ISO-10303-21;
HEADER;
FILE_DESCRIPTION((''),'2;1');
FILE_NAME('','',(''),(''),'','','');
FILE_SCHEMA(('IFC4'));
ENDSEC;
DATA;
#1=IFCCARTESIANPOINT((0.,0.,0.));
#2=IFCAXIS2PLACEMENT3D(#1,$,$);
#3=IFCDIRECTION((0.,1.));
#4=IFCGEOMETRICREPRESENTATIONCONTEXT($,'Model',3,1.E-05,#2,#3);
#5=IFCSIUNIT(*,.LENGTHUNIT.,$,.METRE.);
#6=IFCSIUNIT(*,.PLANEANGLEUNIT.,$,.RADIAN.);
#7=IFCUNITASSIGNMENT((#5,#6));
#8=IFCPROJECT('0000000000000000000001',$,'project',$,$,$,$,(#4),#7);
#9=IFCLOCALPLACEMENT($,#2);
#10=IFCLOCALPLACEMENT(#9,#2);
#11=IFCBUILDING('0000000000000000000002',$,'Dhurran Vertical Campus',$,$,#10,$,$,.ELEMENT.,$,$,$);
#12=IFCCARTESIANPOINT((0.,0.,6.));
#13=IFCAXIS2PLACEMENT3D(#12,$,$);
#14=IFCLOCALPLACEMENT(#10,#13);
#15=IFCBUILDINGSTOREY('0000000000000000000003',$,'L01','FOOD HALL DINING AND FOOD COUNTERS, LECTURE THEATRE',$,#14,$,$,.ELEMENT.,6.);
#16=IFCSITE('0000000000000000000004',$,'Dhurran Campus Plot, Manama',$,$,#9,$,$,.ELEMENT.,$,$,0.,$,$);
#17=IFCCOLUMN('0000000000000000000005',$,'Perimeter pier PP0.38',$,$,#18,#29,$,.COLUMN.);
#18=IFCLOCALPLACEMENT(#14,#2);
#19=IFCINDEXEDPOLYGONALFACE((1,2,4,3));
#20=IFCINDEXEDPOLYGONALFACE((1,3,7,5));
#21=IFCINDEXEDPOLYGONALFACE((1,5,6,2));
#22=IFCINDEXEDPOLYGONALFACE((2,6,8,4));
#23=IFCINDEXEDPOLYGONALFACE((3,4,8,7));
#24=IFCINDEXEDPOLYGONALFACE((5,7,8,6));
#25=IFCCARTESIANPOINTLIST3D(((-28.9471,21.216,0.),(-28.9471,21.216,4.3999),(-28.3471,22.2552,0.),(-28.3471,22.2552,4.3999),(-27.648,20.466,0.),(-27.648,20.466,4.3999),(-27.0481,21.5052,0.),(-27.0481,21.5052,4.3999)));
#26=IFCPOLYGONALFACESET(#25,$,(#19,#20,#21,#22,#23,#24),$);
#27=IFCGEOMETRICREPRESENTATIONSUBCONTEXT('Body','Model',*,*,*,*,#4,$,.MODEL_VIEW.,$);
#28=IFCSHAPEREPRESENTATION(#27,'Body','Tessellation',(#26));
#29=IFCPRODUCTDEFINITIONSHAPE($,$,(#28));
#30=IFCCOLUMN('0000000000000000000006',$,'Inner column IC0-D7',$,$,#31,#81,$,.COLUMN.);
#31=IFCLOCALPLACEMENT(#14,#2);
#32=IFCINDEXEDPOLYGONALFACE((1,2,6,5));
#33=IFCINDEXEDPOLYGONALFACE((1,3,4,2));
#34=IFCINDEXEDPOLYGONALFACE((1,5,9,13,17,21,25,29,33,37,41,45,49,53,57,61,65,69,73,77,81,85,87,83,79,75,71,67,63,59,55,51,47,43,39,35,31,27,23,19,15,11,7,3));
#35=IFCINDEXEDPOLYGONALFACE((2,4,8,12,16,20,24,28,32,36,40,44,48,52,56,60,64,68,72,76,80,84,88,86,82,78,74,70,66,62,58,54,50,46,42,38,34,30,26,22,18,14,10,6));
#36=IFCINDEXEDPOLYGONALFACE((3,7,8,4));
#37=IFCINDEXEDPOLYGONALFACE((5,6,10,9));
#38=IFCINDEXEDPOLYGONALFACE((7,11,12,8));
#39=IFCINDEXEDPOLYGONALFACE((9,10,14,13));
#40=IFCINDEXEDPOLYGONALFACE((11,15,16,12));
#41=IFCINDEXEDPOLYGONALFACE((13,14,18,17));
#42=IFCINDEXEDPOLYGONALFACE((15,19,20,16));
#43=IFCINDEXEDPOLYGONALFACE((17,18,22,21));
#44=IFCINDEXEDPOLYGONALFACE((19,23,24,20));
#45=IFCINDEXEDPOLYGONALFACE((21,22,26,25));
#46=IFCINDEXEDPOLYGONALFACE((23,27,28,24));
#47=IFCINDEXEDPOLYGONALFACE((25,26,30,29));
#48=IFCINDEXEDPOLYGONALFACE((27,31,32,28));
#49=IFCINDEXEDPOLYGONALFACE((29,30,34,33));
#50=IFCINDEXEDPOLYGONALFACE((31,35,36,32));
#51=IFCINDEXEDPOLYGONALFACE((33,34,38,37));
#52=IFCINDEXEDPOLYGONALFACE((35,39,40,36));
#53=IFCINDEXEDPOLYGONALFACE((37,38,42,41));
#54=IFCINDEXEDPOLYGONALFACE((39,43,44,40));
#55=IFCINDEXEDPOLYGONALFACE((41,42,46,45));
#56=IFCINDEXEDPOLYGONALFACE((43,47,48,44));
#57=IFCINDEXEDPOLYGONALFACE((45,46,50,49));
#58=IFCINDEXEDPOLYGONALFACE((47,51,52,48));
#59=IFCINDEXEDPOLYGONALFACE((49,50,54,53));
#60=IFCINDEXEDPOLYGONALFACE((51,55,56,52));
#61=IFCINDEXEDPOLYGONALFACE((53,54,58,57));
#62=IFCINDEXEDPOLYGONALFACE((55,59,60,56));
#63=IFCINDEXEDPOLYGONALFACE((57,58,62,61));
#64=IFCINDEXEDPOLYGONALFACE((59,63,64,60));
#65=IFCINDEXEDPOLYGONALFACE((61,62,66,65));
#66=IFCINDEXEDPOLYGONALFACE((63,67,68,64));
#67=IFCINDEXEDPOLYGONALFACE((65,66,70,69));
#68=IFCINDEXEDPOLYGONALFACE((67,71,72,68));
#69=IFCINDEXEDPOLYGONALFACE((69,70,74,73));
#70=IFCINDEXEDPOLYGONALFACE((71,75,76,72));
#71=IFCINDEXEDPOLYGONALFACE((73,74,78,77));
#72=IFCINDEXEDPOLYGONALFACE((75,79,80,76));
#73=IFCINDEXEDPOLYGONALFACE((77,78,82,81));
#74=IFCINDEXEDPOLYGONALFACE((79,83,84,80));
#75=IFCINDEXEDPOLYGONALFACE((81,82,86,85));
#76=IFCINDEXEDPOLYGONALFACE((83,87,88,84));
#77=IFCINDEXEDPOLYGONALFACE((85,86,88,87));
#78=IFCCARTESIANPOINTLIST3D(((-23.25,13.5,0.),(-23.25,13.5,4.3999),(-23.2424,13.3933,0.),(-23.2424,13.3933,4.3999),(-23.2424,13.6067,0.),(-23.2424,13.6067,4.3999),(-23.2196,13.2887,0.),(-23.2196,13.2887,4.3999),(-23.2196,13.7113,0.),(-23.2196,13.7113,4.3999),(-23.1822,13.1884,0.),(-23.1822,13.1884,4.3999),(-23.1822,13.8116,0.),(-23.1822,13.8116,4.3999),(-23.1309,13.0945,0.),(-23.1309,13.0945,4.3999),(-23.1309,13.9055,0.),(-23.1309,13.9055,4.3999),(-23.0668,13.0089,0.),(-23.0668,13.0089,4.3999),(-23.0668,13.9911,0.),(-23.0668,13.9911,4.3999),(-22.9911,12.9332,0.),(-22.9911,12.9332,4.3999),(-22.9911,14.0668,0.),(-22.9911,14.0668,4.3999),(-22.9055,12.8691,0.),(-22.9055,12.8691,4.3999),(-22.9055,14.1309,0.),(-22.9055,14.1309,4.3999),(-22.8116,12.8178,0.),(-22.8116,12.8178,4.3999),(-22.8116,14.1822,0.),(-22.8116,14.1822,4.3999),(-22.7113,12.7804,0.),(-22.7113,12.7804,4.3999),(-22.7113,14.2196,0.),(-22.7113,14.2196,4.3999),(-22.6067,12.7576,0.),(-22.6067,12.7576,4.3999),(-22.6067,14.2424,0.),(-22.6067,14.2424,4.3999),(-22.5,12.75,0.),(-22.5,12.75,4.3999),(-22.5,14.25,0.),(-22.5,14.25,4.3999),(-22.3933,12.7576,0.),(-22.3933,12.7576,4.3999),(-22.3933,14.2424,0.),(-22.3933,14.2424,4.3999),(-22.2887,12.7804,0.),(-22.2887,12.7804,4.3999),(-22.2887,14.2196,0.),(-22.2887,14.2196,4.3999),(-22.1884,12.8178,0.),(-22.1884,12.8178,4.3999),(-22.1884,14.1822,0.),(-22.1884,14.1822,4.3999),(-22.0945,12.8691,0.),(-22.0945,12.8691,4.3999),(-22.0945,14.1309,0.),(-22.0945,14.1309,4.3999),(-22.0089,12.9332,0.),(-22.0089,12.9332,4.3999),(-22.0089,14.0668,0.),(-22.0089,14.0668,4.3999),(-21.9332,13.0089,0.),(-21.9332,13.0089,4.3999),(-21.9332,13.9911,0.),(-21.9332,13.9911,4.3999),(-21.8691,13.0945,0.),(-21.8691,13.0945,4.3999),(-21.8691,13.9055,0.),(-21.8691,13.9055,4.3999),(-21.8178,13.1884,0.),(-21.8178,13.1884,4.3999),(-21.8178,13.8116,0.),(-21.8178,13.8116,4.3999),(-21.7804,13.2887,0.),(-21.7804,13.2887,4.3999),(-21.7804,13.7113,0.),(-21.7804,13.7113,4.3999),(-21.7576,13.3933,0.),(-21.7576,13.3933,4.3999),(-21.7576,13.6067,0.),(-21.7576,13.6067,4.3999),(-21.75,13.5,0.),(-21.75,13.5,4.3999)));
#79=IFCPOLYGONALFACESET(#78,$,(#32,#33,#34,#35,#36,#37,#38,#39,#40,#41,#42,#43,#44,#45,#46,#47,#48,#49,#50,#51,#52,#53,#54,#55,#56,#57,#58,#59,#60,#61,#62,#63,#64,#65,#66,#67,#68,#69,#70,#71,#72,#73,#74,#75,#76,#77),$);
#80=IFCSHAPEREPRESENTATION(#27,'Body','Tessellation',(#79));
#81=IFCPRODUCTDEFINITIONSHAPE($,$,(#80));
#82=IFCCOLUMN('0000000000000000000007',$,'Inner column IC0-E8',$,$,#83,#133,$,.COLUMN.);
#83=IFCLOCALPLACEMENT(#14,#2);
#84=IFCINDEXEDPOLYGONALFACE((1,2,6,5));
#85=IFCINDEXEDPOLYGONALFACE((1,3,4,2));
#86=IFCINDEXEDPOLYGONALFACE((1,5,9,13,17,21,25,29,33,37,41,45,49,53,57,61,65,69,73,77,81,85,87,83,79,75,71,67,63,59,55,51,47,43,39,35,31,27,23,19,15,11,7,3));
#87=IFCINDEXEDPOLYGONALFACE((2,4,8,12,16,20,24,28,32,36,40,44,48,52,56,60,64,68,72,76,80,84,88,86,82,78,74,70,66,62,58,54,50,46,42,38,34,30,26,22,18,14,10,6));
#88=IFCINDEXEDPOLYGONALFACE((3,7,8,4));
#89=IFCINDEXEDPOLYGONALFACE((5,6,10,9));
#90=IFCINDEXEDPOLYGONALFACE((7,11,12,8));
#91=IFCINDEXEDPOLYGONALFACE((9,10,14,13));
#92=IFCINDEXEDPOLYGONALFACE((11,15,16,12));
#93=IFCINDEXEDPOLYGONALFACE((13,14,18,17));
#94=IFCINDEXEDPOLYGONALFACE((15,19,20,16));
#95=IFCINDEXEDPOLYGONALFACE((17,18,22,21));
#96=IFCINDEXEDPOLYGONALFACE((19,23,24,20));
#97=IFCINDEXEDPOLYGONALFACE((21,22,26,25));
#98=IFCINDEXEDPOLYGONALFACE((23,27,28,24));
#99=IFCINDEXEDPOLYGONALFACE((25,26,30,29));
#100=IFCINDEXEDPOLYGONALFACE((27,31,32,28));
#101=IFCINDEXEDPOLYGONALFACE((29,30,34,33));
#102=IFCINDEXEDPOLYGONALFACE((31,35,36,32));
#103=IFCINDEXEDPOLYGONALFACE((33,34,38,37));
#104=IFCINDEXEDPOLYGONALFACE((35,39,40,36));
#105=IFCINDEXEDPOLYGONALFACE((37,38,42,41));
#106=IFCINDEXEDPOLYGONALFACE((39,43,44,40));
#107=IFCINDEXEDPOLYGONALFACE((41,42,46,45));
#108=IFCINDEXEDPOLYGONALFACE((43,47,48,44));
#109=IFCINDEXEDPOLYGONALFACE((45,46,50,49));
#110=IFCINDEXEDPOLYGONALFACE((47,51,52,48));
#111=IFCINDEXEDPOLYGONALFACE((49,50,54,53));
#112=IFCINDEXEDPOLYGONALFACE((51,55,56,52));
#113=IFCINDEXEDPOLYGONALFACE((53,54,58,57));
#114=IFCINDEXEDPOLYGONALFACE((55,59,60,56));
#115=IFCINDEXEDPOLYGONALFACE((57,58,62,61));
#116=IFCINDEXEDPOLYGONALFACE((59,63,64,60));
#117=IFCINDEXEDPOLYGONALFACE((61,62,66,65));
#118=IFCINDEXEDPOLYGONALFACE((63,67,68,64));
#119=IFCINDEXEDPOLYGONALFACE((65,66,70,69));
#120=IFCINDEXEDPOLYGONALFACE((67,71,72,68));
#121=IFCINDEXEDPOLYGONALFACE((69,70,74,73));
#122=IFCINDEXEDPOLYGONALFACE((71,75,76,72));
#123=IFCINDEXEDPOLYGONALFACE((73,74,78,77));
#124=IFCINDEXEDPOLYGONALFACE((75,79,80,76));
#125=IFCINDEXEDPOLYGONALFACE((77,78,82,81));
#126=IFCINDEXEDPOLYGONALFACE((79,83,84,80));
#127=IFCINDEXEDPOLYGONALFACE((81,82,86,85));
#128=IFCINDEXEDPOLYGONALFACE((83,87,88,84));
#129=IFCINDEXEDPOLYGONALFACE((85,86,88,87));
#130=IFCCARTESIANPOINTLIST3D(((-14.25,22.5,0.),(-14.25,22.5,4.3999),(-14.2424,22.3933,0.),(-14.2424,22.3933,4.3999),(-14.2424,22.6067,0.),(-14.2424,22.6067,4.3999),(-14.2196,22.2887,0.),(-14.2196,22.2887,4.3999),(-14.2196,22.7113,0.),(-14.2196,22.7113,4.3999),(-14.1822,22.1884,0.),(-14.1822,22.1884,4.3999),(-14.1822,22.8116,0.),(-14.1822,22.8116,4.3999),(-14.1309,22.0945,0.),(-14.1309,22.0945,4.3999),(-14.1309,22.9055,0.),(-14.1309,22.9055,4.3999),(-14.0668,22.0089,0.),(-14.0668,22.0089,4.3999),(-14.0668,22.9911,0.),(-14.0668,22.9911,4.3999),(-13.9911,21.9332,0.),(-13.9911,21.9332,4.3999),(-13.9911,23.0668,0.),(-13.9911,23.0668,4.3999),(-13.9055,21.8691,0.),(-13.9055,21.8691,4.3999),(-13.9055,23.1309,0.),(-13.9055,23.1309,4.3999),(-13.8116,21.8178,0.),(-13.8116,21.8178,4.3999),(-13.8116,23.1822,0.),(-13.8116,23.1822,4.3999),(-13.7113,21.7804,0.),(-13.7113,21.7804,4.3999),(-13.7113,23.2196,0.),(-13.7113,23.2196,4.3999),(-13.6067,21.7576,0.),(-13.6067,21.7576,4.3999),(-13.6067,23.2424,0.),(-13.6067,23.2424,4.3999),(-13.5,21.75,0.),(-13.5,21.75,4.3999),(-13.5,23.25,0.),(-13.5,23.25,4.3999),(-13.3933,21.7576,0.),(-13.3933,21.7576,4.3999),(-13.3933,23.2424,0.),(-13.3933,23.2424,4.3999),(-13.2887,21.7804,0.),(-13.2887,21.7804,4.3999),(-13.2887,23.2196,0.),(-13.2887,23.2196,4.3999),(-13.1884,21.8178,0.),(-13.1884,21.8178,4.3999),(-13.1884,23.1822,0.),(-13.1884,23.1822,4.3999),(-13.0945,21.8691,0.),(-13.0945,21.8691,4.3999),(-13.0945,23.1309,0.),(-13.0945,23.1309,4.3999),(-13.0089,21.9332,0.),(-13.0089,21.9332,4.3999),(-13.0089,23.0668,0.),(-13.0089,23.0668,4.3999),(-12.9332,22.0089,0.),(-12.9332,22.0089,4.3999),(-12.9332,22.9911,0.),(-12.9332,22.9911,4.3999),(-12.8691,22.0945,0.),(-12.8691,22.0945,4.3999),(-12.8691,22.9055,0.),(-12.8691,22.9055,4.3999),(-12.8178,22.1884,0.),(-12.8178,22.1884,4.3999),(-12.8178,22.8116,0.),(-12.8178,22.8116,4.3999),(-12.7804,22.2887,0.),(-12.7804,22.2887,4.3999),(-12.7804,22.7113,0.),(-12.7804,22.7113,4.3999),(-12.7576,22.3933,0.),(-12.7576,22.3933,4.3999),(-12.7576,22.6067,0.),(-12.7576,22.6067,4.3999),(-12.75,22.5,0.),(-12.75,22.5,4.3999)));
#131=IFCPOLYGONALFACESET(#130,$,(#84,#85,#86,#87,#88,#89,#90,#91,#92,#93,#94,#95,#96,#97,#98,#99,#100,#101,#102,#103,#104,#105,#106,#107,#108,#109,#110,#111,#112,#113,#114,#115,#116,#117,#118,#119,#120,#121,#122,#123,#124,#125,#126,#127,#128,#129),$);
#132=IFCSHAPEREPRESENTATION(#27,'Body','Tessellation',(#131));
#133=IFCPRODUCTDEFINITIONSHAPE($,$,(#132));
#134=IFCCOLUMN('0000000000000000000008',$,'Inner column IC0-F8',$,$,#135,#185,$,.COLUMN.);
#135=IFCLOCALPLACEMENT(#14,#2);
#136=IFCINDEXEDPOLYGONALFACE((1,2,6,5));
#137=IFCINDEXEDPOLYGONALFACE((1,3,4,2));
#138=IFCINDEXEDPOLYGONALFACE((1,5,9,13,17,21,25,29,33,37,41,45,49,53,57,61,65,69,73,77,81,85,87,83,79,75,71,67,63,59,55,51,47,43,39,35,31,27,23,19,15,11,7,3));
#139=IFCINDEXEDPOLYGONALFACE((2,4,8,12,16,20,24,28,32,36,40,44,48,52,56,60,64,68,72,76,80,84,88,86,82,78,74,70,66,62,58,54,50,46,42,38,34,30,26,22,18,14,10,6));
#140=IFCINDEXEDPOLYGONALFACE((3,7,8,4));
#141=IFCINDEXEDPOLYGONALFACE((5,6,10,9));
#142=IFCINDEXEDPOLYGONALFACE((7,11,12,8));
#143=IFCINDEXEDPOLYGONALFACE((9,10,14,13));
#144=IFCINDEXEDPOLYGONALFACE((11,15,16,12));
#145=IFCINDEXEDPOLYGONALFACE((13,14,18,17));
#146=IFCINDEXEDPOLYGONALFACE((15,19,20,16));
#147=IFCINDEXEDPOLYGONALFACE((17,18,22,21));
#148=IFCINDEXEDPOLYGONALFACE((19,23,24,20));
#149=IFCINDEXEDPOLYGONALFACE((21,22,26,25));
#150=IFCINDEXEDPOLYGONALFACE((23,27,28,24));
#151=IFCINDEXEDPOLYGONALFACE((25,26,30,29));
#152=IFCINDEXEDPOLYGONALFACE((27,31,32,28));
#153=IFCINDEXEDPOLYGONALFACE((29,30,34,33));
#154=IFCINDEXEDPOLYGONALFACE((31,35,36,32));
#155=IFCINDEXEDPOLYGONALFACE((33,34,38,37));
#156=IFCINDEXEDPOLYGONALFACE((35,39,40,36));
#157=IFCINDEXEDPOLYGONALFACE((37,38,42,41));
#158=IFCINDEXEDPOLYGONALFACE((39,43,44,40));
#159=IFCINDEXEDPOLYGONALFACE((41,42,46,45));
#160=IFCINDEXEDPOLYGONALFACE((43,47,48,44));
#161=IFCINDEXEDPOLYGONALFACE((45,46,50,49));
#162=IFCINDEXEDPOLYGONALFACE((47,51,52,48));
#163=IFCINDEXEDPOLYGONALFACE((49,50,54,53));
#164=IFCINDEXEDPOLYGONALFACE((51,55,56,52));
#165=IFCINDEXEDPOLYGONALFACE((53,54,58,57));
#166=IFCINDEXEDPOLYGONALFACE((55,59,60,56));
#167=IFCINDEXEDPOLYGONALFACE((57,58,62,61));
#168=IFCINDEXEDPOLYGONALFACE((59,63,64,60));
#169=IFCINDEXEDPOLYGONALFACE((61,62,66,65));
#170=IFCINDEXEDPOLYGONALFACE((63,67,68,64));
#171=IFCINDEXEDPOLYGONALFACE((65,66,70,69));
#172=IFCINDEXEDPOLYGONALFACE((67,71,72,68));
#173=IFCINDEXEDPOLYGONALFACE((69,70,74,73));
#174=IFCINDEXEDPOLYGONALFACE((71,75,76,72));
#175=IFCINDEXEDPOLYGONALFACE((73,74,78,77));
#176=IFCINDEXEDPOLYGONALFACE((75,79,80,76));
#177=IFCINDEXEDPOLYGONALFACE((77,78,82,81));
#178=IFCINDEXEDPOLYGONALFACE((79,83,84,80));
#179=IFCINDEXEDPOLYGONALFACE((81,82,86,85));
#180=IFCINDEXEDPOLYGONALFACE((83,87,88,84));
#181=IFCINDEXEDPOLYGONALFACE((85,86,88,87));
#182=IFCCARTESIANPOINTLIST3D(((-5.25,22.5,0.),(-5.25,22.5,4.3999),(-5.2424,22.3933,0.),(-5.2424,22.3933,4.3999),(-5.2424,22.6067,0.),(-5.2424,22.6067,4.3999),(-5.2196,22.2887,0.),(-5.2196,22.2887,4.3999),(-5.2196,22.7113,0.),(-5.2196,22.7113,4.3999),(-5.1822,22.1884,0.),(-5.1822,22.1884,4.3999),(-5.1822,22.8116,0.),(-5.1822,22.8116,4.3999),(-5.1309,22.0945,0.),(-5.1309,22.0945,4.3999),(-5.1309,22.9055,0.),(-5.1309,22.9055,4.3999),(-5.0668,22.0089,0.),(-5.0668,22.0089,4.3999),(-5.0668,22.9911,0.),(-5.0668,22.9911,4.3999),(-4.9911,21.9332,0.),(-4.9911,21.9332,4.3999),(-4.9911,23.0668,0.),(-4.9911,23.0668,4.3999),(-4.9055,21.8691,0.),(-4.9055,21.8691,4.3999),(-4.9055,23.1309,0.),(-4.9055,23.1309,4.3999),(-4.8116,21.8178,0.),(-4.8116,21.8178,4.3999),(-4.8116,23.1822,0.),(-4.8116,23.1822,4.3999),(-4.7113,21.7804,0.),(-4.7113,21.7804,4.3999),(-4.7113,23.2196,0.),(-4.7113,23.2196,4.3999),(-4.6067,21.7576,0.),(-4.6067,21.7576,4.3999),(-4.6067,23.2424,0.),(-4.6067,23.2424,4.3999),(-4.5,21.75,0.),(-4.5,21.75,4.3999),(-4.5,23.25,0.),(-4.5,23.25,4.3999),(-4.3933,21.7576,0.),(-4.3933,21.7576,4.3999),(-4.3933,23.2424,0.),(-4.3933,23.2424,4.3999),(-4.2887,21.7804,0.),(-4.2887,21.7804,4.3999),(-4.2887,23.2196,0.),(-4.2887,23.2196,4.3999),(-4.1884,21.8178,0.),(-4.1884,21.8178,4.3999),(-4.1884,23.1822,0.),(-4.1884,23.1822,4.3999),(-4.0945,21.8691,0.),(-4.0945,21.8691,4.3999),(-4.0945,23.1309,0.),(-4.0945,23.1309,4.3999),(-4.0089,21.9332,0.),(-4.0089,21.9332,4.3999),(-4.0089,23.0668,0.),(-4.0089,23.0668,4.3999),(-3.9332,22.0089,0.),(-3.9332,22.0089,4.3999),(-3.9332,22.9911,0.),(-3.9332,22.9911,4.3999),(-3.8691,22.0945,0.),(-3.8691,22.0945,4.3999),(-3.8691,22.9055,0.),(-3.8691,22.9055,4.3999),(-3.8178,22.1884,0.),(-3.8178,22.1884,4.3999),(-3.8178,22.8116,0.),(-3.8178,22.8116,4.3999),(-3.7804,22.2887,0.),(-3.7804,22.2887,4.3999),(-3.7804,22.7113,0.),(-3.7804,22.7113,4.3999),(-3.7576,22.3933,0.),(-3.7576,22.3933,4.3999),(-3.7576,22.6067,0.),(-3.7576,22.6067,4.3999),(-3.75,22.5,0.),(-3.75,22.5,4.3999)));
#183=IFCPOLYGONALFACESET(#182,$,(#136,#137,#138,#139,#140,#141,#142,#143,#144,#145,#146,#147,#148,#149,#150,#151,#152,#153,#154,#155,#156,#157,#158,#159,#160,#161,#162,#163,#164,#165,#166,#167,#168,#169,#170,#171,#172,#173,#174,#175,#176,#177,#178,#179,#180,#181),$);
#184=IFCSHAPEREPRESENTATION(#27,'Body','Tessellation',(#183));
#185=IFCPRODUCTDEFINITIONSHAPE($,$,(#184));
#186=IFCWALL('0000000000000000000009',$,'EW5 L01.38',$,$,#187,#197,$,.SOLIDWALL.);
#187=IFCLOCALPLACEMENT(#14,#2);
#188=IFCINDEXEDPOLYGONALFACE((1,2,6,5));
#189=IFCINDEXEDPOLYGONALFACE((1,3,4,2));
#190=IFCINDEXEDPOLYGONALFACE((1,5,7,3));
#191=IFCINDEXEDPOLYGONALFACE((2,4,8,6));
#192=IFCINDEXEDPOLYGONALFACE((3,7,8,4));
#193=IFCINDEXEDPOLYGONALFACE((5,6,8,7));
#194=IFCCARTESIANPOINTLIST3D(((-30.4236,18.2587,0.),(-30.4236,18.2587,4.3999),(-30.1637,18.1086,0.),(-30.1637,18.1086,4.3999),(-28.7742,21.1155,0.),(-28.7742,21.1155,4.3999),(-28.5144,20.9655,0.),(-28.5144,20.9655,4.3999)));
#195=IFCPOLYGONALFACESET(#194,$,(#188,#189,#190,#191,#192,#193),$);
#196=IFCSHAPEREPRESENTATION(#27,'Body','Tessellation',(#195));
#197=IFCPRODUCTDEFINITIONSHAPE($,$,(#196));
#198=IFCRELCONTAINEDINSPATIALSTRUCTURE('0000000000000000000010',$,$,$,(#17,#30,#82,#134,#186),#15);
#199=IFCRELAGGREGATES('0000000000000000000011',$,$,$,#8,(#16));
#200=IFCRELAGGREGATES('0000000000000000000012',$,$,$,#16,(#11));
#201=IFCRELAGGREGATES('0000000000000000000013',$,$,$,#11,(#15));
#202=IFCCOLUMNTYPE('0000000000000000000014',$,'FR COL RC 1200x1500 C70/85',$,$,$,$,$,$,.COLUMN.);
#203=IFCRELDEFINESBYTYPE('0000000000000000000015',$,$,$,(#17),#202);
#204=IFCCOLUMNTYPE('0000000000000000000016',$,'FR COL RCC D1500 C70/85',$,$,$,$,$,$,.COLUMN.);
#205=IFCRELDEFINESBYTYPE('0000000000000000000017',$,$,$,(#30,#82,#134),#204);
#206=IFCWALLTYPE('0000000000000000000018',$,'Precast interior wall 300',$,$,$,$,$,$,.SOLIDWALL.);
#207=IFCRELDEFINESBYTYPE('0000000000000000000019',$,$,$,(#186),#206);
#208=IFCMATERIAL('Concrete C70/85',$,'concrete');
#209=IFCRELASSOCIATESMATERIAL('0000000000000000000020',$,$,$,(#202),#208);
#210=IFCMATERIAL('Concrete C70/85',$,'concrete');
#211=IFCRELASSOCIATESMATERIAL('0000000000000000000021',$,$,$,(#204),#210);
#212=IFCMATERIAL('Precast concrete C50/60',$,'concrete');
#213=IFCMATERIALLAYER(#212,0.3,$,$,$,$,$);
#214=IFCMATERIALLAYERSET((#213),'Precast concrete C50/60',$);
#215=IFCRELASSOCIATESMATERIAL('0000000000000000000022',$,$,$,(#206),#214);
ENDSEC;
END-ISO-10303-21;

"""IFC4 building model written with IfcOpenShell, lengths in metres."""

from ifc_helpers import new_model, si_unit, direction, frame, frame_2d, origin, origin_2d, place, context, subcontext, project, spatial, rectangle, circle, extrude, material, layer, layer_set, material_profile, profile_set, type_object, element, save


model = new_model("IFC4")

# Units and contexts
model_context = context("Model", 3, precision=1e-05, world=origin(), true_north=direction((0.0, 1.0)))
body_context = subcontext(model_context, "Body", "Model", "MODEL_VIEW")
ifc_project = project(units=[si_unit("LENGTHUNIT", "METRE"), si_unit("PLANEANGLEUNIT", "RADIAN")], contexts=[model_context])

# Site, building, storey
site_placement = place(None, origin())
site = spatial("IfcSite", under=ifc_project, at=site_placement, Name="Dhurran Campus Plot, Manama", CompositionType="ELEMENT", RefElevation=0.0)
building_placement = place(site_placement, origin())
building = spatial("IfcBuilding", under=site, at=building_placement, Name="Dhurran Vertical Campus", CompositionType="ELEMENT")
storey_placement = place(building_placement, frame((0.0, 0.0, 6.0)))
storey = spatial("IfcBuildingStorey", under=building, at=storey_placement, Name="L01", Description="FOOD HALL DINING AND FOOD COUNTERS, LECTURE THEATRE", CompositionType="ELEMENT", Elevation=6.0)

# Columns
ifc_material_1 = material(Name="Concrete C70/85", Category="concrete")
ifc_material_profile_1 = material_profile(ifc_material_1, rectangle(XDim=1.2, YDim=1.5, at=origin_2d()), Name="RC 1200x1500")
ifc_profile_set_1 = profile_set([ifc_material_profile_1], Name="Concrete C70/85")
column_type_1 = type_object("IfcColumnType", Name="FR COL RC 1200x1500 C70/85", PredefinedType="COLUMN", material=ifc_profile_set_1)
column_placement = place(storey_placement, frame((-27.9976, 21.3606, 0.0), z_axis=(0.0, 0.0, 1.0), x_axis=(-0.5, -0.866025, 0.0)))
element("IfcColumn", 1, at=column_placement, inside=storey, type_object=column_type_1, Name="Perimeter pier PP0.38", PredefinedType="COLUMN", context=body_context, shape_type="SweptSolid", body=[
    extrude(rectangle(XDim=1.2, YDim=1.5, at=origin_2d()), origin(), (0.0, 0.0, 1.0), 4.3999),
])
ifc_material_2 = material(Name="Concrete C70/85", Category="concrete")
ifc_material_profile_2 = material_profile(ifc_material_2, circle(Radius=0.75, at=origin_2d()), Name="RCC D1500")
ifc_profile_set_2 = profile_set([ifc_material_profile_2], Name="Concrete C70/85")
column_type_2 = type_object("IfcColumnType", Name="FR COL RCC D1500 C70/85", PredefinedType="COLUMN", material=ifc_profile_set_2)
for number, where, z_axis, x_axis, name in (
    (2, (-22.5, 13.5, 0.0), (0.0, 0.0, 1.0), (1.0, 0.0, 0.0), "Inner column IC0-D7"),
    (3, (-13.5, 22.5, 0.0), (0.0, 0.0, 1.0), (1.0, 0.0, 0.0), "Inner column IC0-E8"),
    (4, (-4.5, 22.5, 0.0), (0.0, 0.0, 1.0), (1.0, 0.0, 0.0), "Inner column IC0-F8"),
):
    element("IfcColumn", number, at=place(storey_placement, frame(where, z_axis=z_axis, x_axis=x_axis)), inside=storey, type_object=column_type_2, Name=name, PredefinedType="COLUMN", context=body_context, shape_type="SweptSolid", body=[
        extrude(circle(Radius=0.75, at=origin_2d()), origin(), (0.0, 0.0, 1.0), 4.3999),
    ])

# Wall
ifc_material_3 = material(Name="Precast concrete C50/60", Category="concrete")
ifc_layer_1 = layer(ifc_material_3, 0.3)
ifc_layer_set_1 = layer_set([ifc_layer_1], Name="Precast concrete C50/60")
wall_type_1 = type_object("IfcWallType", Name="Precast interior wall 300", PredefinedType="SOLIDWALL", material=ifc_layer_set_1)
wall_1_placement = place(storey_placement, frame((-28.6443, 21.0405, 0.0), z_axis=(0.0, 0.0, 1.0), x_axis=(-0.499992, -0.86603, 0.0)))
element("IfcWall", 5, at=wall_1_placement, inside=storey, type_object=wall_type_1, Name="EW5 L01.38", PredefinedType="SOLIDWALL", context=body_context, shape_type="SweptSolid", body=[
    extrude(rectangle(XDim=3.2988, YDim=0.3, at=frame_2d((1.6494, 0.0))), origin(), (0.0, 0.0, 1.0), 4.3999),
])

save(model, "model.ifc")
